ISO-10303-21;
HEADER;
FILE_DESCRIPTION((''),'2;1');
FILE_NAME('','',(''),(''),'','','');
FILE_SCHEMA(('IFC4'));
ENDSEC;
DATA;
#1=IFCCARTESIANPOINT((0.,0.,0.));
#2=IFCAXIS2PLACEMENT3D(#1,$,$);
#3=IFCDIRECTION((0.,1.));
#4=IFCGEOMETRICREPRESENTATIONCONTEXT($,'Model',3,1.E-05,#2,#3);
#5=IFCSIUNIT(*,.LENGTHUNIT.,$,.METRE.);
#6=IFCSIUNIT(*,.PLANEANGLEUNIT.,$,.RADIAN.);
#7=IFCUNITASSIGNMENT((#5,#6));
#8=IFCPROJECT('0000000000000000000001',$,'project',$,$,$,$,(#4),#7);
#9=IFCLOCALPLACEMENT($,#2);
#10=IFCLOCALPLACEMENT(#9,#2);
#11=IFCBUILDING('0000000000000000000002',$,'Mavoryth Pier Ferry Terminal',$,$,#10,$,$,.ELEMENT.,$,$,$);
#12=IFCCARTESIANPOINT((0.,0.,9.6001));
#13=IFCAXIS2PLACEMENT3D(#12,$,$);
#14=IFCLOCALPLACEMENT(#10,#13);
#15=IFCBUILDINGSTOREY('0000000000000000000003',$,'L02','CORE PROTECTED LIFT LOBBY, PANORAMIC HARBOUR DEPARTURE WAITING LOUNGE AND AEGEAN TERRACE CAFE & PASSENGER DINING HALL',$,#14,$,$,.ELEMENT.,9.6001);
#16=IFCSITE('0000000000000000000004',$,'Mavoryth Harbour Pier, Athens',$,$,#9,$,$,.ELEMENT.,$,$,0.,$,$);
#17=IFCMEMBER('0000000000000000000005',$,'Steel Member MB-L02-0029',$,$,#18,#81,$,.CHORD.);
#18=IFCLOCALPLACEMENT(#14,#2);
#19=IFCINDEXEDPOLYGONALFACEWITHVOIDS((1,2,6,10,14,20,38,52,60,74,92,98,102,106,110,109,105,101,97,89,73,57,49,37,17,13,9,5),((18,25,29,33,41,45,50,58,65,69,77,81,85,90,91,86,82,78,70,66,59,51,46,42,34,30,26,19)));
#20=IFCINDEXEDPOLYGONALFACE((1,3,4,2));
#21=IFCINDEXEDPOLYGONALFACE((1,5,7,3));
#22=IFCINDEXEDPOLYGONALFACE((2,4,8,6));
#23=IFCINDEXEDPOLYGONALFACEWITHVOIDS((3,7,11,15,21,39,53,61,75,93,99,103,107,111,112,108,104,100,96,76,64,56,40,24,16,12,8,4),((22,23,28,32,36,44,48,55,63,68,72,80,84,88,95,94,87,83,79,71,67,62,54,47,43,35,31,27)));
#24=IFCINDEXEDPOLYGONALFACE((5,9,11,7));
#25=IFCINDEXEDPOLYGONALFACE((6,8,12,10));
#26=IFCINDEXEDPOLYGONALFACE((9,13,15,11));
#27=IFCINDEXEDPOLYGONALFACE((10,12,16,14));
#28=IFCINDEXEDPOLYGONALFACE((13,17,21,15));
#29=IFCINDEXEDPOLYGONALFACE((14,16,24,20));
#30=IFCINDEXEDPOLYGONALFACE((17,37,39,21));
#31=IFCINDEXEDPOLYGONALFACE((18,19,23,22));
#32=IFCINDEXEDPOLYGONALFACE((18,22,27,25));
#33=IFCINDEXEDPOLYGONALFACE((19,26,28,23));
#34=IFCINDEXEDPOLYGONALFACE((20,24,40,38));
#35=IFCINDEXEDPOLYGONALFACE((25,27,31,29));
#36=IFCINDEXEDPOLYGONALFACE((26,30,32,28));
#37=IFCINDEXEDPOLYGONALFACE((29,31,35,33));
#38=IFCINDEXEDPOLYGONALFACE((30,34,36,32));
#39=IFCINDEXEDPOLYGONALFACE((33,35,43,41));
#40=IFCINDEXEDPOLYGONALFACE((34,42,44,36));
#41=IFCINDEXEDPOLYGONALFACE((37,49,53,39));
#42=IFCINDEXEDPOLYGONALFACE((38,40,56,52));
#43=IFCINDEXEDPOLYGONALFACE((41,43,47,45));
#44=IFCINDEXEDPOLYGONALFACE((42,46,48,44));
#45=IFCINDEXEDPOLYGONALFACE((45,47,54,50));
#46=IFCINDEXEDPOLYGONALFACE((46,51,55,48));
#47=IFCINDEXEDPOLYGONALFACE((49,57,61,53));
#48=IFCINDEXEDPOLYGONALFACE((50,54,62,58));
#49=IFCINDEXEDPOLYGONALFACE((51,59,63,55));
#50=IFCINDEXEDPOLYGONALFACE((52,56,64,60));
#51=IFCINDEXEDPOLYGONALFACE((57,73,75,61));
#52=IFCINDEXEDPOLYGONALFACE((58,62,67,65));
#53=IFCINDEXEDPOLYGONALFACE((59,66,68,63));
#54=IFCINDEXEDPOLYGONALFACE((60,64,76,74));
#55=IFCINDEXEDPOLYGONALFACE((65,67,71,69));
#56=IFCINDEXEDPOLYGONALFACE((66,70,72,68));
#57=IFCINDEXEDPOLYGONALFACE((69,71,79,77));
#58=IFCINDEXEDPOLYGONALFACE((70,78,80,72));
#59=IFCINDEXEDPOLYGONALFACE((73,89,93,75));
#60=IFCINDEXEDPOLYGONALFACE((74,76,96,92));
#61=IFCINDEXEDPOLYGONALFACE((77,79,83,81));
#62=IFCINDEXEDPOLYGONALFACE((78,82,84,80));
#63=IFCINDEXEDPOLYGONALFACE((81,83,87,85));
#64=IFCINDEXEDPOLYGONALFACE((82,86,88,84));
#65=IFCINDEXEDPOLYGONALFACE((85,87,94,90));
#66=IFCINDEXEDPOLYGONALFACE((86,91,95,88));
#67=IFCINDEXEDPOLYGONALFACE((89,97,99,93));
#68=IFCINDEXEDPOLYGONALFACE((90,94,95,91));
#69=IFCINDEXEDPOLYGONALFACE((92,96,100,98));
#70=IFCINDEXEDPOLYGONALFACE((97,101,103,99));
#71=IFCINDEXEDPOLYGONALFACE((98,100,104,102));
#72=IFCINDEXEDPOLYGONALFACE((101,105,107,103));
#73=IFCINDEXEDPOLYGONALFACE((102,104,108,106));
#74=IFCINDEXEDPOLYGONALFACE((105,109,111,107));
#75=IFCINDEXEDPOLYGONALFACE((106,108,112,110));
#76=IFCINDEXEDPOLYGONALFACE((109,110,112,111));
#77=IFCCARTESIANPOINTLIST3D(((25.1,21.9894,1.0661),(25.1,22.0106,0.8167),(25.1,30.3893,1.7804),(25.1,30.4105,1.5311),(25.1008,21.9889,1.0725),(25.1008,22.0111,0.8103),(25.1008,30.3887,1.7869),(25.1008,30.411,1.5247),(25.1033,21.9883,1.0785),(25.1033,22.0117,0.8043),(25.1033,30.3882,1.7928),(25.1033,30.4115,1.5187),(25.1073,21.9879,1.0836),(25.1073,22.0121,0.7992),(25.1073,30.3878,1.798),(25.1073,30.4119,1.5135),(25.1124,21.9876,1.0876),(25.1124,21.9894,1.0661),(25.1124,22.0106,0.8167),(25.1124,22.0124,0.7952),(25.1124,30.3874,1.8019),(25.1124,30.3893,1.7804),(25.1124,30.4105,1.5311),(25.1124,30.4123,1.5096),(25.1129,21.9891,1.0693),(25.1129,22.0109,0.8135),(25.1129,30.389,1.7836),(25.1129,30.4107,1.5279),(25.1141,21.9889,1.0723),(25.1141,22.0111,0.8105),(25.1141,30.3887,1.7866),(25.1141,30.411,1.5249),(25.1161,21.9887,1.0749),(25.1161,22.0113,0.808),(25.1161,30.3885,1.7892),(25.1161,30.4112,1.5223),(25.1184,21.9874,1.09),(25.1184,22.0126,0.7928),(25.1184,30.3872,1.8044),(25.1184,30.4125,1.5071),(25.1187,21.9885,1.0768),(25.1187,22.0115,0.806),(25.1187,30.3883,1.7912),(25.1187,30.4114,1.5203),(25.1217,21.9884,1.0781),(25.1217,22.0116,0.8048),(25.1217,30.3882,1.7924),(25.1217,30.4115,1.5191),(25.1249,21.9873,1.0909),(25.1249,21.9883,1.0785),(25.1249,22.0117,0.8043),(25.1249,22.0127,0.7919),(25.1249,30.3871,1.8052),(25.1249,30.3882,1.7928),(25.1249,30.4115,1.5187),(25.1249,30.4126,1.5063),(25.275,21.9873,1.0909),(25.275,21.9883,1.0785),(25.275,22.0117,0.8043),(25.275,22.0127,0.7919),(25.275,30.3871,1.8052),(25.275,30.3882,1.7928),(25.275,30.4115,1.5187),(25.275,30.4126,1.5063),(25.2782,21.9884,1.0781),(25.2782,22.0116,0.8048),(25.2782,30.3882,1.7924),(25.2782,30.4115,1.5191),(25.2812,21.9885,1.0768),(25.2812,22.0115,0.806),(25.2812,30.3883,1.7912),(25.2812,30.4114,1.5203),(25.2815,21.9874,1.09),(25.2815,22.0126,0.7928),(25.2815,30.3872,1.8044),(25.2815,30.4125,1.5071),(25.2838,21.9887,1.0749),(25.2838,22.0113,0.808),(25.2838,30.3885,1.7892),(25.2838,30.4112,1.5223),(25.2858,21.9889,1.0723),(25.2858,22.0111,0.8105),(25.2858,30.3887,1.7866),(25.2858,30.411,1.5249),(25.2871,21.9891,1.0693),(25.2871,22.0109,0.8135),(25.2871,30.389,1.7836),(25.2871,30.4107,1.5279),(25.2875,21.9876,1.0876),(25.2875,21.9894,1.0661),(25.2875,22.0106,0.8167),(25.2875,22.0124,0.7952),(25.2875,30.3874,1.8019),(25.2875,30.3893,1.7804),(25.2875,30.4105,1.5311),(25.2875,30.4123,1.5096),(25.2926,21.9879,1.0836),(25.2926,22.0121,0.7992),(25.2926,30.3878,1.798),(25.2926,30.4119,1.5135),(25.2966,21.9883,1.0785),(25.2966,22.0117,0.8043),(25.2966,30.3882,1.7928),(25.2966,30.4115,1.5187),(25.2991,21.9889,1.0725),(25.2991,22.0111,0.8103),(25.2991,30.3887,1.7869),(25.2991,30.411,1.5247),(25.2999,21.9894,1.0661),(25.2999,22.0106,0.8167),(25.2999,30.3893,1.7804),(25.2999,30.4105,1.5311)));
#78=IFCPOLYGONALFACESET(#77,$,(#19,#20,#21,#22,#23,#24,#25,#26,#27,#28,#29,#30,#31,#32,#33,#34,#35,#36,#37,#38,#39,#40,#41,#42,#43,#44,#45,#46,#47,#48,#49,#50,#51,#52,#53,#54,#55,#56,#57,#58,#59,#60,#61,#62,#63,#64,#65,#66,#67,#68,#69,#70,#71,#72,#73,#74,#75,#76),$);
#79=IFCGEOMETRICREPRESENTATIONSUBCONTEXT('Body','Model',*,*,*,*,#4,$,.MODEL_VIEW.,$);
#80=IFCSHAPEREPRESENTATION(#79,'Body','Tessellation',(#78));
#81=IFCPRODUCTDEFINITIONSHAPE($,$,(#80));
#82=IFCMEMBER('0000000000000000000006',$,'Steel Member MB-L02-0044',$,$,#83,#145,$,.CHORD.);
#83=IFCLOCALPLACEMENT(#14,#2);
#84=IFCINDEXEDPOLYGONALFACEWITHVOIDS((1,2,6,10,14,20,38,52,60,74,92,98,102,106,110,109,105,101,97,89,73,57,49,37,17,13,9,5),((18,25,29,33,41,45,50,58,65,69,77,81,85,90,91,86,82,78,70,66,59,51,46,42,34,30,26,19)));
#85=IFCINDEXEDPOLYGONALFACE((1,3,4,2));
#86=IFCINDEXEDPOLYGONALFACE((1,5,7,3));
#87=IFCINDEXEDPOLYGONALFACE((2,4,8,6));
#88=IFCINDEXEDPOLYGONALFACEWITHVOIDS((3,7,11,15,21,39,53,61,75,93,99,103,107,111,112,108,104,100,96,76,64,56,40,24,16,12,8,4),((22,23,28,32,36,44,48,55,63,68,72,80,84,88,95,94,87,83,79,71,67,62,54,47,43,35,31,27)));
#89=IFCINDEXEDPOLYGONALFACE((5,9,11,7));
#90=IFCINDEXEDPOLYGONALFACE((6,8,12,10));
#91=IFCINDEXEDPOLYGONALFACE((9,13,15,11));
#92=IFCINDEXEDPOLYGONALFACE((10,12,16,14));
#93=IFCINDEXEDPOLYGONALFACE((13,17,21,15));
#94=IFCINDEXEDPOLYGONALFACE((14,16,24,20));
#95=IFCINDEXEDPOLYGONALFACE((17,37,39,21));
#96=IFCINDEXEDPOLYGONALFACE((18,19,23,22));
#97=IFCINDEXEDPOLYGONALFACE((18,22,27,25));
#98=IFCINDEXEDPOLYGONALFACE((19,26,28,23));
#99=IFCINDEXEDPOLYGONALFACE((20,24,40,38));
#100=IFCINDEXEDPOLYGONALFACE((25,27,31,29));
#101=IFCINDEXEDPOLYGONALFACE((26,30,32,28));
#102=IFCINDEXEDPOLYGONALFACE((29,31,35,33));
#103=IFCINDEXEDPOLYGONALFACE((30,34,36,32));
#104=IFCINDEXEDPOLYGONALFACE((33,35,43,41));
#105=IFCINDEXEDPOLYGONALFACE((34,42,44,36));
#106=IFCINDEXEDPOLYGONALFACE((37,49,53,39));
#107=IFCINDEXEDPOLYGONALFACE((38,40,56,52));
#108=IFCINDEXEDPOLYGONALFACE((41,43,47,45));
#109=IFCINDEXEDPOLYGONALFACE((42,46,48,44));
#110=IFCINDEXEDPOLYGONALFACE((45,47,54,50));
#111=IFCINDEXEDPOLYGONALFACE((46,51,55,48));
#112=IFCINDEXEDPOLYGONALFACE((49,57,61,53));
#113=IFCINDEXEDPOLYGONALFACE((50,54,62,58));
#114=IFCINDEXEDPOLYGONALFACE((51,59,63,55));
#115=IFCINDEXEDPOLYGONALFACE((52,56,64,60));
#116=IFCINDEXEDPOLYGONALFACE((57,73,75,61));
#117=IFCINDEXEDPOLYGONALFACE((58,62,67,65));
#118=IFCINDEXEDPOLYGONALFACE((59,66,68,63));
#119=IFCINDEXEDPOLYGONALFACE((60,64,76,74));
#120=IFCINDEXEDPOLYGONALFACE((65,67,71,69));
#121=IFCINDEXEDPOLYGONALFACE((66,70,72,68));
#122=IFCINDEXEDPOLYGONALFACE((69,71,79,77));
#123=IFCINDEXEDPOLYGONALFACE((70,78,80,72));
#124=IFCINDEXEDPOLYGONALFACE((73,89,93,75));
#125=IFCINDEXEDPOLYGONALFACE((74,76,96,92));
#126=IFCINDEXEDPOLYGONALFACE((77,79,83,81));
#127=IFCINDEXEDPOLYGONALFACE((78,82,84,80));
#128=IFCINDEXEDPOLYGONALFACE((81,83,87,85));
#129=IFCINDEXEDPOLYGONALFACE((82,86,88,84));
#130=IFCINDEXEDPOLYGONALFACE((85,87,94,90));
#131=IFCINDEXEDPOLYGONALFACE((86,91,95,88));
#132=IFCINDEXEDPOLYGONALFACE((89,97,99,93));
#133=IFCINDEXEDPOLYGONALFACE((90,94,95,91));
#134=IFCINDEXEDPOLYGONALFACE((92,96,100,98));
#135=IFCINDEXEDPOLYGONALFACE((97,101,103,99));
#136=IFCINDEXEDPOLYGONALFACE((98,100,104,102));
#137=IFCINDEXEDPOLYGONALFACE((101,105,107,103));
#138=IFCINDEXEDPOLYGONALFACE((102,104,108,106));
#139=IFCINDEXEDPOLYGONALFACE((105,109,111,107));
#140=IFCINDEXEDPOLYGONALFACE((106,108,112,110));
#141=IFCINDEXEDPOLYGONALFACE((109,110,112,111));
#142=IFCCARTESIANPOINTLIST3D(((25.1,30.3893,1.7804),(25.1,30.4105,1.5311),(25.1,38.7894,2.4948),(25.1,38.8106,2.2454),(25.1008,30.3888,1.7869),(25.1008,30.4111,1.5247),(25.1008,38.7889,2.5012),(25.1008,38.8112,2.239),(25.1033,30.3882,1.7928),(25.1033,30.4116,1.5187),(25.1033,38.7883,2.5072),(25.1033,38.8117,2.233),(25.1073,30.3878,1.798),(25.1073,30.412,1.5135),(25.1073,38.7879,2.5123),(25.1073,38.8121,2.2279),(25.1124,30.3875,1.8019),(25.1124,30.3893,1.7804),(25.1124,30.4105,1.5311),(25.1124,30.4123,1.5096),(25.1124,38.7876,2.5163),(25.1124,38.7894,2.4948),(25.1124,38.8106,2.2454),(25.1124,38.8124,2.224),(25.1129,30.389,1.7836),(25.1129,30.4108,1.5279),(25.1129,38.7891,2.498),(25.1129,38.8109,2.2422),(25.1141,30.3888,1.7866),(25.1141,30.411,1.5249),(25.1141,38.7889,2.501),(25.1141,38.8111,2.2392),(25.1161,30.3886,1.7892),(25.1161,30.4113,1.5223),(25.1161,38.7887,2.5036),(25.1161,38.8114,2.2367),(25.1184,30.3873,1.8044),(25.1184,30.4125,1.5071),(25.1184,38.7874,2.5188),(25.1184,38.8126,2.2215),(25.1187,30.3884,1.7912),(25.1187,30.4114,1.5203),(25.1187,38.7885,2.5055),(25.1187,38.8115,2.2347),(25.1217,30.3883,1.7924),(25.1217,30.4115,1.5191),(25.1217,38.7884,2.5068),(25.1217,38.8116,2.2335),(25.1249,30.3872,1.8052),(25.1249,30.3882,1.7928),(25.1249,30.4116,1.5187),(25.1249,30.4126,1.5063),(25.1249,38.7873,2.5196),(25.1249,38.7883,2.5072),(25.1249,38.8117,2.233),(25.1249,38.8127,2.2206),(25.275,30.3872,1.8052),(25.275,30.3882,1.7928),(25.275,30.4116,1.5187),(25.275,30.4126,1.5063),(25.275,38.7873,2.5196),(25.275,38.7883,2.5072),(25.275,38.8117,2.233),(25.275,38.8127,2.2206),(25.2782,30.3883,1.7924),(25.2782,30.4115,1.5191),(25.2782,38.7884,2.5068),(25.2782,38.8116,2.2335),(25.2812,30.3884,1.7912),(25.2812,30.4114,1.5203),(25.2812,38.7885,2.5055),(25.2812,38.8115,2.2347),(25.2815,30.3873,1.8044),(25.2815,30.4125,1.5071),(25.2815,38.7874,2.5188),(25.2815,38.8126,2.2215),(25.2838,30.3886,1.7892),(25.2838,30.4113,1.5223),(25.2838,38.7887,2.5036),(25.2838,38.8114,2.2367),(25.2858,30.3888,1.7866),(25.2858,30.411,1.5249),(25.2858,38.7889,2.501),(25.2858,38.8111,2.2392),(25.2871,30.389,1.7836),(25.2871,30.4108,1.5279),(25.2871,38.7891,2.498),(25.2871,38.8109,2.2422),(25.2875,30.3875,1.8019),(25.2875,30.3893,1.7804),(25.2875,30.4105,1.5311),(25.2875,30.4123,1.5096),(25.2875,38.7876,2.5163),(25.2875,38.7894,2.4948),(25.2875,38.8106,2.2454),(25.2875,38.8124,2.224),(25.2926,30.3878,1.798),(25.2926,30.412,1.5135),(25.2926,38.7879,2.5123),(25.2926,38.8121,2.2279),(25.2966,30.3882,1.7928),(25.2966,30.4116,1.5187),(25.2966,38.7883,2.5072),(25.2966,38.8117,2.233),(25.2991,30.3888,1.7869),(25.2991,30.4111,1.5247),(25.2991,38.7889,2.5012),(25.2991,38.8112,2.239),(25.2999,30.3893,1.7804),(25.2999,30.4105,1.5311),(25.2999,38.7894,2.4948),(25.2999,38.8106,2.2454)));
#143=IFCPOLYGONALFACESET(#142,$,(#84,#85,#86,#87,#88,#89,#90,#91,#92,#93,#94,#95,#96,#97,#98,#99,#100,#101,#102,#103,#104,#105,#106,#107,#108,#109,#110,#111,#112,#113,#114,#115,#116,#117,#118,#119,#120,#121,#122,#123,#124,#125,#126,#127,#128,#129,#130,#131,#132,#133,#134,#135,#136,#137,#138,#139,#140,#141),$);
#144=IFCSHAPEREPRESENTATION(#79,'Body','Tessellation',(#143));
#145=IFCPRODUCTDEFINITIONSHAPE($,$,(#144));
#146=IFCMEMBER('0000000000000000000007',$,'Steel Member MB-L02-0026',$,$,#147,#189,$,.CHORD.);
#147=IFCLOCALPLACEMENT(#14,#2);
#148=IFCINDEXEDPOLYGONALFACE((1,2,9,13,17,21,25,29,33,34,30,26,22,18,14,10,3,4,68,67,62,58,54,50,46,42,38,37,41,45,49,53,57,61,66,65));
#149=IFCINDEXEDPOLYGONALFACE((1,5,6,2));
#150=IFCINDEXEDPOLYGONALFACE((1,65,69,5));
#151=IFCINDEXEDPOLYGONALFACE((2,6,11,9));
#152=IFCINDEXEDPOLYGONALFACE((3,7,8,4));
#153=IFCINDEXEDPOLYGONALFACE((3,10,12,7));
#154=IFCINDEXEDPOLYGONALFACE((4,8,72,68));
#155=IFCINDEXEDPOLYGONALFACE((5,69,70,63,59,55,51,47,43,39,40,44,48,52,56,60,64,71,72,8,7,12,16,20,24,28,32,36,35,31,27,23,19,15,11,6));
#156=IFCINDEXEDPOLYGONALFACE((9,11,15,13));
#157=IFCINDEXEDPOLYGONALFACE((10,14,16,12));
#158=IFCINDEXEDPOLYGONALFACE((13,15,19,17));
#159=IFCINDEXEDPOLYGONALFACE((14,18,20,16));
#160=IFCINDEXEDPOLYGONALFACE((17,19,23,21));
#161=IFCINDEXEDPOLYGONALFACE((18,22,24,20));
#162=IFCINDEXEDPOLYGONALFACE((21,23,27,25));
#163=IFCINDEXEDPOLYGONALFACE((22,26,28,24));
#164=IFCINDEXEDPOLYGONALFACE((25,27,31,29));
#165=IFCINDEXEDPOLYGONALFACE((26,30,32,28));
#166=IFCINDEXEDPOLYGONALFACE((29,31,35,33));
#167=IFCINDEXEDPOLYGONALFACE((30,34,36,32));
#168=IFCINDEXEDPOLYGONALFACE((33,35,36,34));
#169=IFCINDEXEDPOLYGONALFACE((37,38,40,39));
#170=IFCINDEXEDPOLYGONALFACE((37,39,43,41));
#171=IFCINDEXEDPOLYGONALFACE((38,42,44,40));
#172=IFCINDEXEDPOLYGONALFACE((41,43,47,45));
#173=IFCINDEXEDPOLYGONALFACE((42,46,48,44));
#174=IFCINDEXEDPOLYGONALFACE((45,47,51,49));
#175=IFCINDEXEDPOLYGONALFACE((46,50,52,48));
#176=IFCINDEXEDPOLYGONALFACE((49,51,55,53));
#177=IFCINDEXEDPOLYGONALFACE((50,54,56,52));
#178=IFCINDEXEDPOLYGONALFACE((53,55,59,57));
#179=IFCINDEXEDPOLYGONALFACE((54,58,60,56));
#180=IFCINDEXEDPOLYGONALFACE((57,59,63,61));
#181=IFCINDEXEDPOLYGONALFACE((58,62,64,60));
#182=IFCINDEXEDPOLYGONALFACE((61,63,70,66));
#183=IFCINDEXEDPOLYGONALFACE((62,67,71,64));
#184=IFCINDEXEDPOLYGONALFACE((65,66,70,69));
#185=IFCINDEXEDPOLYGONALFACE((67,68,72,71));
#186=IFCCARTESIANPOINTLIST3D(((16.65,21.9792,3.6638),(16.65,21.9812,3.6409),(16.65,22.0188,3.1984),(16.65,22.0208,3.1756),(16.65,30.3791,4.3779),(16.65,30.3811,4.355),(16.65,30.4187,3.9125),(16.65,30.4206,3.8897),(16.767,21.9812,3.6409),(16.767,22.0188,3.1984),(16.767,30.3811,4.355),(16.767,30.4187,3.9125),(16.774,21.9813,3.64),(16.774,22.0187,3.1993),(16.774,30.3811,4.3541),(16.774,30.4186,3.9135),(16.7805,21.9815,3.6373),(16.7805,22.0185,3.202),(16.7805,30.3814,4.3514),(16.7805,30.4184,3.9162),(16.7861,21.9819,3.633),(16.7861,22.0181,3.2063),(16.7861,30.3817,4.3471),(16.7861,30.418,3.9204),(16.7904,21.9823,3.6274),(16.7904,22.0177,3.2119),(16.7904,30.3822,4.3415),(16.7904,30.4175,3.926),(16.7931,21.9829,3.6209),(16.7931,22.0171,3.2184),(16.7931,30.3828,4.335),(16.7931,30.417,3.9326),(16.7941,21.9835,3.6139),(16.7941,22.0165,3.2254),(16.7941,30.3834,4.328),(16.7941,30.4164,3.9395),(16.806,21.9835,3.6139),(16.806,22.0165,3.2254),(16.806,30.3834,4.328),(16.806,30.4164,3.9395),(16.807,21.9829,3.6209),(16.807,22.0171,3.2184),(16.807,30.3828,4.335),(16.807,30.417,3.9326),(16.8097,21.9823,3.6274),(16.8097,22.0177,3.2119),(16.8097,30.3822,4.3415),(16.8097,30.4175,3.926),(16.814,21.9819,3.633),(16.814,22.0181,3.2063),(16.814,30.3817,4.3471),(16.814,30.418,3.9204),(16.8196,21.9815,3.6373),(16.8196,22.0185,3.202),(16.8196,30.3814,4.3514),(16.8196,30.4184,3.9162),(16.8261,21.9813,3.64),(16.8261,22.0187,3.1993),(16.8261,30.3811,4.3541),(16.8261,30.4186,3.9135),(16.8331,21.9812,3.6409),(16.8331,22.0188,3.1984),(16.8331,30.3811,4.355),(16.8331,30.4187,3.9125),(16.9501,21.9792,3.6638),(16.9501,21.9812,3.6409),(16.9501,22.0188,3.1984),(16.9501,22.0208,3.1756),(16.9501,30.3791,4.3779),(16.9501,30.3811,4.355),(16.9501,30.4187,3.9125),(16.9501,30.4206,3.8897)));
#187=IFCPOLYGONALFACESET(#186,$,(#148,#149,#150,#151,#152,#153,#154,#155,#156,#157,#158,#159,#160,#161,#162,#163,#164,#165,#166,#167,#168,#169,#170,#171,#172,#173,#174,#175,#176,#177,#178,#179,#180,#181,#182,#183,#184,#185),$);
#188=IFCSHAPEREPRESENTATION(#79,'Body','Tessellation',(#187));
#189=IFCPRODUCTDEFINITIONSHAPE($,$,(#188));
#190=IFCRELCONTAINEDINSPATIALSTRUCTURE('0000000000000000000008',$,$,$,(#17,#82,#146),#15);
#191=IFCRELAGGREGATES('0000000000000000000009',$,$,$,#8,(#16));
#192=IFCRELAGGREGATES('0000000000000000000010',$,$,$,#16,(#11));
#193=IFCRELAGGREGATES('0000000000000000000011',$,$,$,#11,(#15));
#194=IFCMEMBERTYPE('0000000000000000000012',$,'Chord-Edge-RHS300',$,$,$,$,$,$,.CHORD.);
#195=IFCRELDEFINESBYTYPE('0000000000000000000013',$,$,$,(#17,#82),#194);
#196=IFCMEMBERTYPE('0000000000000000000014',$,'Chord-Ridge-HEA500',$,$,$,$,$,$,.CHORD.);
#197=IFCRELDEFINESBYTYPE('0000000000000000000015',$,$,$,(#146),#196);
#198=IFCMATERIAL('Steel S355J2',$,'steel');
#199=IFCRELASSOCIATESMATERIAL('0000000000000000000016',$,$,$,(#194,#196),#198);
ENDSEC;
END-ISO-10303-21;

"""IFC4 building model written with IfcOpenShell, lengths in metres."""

from ifc_helpers import new_model, si_unit, direction, frame, origin, origin_2d, place, context, subcontext, project, spatial, hollow_rectangle, i_section, extrude, material, material_profile, profile_set, type_object, element, save


model = new_model("IFC4")

# Units and contexts
model_context = context("Model", 3, precision=1e-05, world=origin(), true_north=direction((0.0, 1.0)))
body_context = subcontext(model_context, "Body", "Model", "MODEL_VIEW")
ifc_project = project(units=[si_unit("LENGTHUNIT", "METRE"), si_unit("PLANEANGLEUNIT", "RADIAN")], contexts=[model_context])

# Site, building, storey
site_placement = place(None, origin())
site = spatial("IfcSite", under=ifc_project, at=site_placement, Name="Mavoryth Harbour Pier, Athens", CompositionType="ELEMENT", RefElevation=0.0)
building_placement = place(site_placement, origin())
building = spatial("IfcBuilding", under=site, at=building_placement, Name="Mavoryth Pier Ferry Terminal", CompositionType="ELEMENT")
storey_placement = place(building_placement, frame((0.0, 0.0, 9.6001)))
storey = spatial("IfcBuildingStorey", under=building, at=storey_placement, Name="L02", Description="CORE PROTECTED LIFT LOBBY, PANORAMIC HARBOUR DEPARTURE WAITING LOUNGE AND AEGEAN TERRACE CAFE & PASSENGER DINING HALL", CompositionType="ELEMENT", Elevation=9.6001)

# Members
ifc_material_1 = material(Name="Steel S355J2", Category="steel")
ifc_material_profile_1 = material_profile(ifc_material_1, hollow_rectangle(XDim=0.2, YDim=0.3, WallThickness=0.0125, InnerFilletRadius=0.0125, OuterFilletRadius=0.0249, at=origin_2d()), Name="RHS 300x200x12.5", Category="steel")
ifc_profile_set_1 = profile_set([ifc_material_profile_1], Name="Steel S355J2 - RHS 300x200x12.5")
member_type_1 = type_object("IfcMemberType", Name="Chord-Edge-RHS300", PredefinedType="CHORD", material=ifc_profile_set_1)
member_1_placement = place(storey_placement, frame((25.2, 22.0, 0.9414), z_axis=(0.0, 0.996403, 0.084737), x_axis=(-1.0, 0.0, 0.0)))
element("IfcMember", 1, at=member_1_placement, inside=storey, type_object=member_type_1, Name="Steel Member MB-L02-0029", PredefinedType="CHORD", context=body_context, shape_type="SweptSolid", body=[
    extrude(hollow_rectangle(XDim=0.2, YDim=0.3, WallThickness=0.0125, InnerFilletRadius=0.0125, OuterFilletRadius=0.0249, at=origin_2d()), origin(), (0.0, 0.0, 1.0), 8.4302),
])
member_2_placement = place(storey_placement, frame((25.2, 30.3999, 1.6558), z_axis=(0.0, 0.996404, 0.084735), x_axis=(-1.0, 0.0, 0.0)))
element("IfcMember", 2, at=member_2_placement, inside=storey, type_object=member_type_1, Name="Steel Member MB-L02-0044", PredefinedType="CHORD", context=body_context, shape_type="SweptSolid", body=[
    extrude(hollow_rectangle(XDim=0.2, YDim=0.3, WallThickness=0.0125, InnerFilletRadius=0.0125, OuterFilletRadius=0.0249, at=origin_2d()), origin(), (0.0, 0.0, 1.0), 8.4304),
])
ifc_material_profile_2 = material_profile(ifc_material_1, i_section(OverallWidth=0.3, OverallDepth=0.49, WebThickness=0.012, FlangeThickness=0.0229, FilletRadius=0.0271, at=origin_2d()), Name="HEA 500", Category="steel")
ifc_profile_set_2 = profile_set([ifc_material_profile_2], Name="Steel S355J2 - HEA 500")
member_type_2 = type_object("IfcMemberType", Name="Chord-Ridge-HEA500", PredefinedType="CHORD", material=ifc_profile_set_2)
member_3_placement = place(storey_placement, frame((16.8, 22.0, 3.4197), z_axis=(0.0, 0.996406, 0.084709), x_axis=(-1.0, 0.0, 0.0)))
element("IfcMember", 3, at=member_3_placement, inside=storey, type_object=member_type_2, Name="Steel Member MB-L02-0026", PredefinedType="CHORD", context=body_context, shape_type="SweptSolid", body=[
    extrude(i_section(OverallWidth=0.3, OverallDepth=0.49, WebThickness=0.012, FlangeThickness=0.0229, FilletRadius=0.0271, at=origin_2d()), origin(), (0.0, 0.0, 1.0), 8.4302),
])

save(model, "model.ifc")
